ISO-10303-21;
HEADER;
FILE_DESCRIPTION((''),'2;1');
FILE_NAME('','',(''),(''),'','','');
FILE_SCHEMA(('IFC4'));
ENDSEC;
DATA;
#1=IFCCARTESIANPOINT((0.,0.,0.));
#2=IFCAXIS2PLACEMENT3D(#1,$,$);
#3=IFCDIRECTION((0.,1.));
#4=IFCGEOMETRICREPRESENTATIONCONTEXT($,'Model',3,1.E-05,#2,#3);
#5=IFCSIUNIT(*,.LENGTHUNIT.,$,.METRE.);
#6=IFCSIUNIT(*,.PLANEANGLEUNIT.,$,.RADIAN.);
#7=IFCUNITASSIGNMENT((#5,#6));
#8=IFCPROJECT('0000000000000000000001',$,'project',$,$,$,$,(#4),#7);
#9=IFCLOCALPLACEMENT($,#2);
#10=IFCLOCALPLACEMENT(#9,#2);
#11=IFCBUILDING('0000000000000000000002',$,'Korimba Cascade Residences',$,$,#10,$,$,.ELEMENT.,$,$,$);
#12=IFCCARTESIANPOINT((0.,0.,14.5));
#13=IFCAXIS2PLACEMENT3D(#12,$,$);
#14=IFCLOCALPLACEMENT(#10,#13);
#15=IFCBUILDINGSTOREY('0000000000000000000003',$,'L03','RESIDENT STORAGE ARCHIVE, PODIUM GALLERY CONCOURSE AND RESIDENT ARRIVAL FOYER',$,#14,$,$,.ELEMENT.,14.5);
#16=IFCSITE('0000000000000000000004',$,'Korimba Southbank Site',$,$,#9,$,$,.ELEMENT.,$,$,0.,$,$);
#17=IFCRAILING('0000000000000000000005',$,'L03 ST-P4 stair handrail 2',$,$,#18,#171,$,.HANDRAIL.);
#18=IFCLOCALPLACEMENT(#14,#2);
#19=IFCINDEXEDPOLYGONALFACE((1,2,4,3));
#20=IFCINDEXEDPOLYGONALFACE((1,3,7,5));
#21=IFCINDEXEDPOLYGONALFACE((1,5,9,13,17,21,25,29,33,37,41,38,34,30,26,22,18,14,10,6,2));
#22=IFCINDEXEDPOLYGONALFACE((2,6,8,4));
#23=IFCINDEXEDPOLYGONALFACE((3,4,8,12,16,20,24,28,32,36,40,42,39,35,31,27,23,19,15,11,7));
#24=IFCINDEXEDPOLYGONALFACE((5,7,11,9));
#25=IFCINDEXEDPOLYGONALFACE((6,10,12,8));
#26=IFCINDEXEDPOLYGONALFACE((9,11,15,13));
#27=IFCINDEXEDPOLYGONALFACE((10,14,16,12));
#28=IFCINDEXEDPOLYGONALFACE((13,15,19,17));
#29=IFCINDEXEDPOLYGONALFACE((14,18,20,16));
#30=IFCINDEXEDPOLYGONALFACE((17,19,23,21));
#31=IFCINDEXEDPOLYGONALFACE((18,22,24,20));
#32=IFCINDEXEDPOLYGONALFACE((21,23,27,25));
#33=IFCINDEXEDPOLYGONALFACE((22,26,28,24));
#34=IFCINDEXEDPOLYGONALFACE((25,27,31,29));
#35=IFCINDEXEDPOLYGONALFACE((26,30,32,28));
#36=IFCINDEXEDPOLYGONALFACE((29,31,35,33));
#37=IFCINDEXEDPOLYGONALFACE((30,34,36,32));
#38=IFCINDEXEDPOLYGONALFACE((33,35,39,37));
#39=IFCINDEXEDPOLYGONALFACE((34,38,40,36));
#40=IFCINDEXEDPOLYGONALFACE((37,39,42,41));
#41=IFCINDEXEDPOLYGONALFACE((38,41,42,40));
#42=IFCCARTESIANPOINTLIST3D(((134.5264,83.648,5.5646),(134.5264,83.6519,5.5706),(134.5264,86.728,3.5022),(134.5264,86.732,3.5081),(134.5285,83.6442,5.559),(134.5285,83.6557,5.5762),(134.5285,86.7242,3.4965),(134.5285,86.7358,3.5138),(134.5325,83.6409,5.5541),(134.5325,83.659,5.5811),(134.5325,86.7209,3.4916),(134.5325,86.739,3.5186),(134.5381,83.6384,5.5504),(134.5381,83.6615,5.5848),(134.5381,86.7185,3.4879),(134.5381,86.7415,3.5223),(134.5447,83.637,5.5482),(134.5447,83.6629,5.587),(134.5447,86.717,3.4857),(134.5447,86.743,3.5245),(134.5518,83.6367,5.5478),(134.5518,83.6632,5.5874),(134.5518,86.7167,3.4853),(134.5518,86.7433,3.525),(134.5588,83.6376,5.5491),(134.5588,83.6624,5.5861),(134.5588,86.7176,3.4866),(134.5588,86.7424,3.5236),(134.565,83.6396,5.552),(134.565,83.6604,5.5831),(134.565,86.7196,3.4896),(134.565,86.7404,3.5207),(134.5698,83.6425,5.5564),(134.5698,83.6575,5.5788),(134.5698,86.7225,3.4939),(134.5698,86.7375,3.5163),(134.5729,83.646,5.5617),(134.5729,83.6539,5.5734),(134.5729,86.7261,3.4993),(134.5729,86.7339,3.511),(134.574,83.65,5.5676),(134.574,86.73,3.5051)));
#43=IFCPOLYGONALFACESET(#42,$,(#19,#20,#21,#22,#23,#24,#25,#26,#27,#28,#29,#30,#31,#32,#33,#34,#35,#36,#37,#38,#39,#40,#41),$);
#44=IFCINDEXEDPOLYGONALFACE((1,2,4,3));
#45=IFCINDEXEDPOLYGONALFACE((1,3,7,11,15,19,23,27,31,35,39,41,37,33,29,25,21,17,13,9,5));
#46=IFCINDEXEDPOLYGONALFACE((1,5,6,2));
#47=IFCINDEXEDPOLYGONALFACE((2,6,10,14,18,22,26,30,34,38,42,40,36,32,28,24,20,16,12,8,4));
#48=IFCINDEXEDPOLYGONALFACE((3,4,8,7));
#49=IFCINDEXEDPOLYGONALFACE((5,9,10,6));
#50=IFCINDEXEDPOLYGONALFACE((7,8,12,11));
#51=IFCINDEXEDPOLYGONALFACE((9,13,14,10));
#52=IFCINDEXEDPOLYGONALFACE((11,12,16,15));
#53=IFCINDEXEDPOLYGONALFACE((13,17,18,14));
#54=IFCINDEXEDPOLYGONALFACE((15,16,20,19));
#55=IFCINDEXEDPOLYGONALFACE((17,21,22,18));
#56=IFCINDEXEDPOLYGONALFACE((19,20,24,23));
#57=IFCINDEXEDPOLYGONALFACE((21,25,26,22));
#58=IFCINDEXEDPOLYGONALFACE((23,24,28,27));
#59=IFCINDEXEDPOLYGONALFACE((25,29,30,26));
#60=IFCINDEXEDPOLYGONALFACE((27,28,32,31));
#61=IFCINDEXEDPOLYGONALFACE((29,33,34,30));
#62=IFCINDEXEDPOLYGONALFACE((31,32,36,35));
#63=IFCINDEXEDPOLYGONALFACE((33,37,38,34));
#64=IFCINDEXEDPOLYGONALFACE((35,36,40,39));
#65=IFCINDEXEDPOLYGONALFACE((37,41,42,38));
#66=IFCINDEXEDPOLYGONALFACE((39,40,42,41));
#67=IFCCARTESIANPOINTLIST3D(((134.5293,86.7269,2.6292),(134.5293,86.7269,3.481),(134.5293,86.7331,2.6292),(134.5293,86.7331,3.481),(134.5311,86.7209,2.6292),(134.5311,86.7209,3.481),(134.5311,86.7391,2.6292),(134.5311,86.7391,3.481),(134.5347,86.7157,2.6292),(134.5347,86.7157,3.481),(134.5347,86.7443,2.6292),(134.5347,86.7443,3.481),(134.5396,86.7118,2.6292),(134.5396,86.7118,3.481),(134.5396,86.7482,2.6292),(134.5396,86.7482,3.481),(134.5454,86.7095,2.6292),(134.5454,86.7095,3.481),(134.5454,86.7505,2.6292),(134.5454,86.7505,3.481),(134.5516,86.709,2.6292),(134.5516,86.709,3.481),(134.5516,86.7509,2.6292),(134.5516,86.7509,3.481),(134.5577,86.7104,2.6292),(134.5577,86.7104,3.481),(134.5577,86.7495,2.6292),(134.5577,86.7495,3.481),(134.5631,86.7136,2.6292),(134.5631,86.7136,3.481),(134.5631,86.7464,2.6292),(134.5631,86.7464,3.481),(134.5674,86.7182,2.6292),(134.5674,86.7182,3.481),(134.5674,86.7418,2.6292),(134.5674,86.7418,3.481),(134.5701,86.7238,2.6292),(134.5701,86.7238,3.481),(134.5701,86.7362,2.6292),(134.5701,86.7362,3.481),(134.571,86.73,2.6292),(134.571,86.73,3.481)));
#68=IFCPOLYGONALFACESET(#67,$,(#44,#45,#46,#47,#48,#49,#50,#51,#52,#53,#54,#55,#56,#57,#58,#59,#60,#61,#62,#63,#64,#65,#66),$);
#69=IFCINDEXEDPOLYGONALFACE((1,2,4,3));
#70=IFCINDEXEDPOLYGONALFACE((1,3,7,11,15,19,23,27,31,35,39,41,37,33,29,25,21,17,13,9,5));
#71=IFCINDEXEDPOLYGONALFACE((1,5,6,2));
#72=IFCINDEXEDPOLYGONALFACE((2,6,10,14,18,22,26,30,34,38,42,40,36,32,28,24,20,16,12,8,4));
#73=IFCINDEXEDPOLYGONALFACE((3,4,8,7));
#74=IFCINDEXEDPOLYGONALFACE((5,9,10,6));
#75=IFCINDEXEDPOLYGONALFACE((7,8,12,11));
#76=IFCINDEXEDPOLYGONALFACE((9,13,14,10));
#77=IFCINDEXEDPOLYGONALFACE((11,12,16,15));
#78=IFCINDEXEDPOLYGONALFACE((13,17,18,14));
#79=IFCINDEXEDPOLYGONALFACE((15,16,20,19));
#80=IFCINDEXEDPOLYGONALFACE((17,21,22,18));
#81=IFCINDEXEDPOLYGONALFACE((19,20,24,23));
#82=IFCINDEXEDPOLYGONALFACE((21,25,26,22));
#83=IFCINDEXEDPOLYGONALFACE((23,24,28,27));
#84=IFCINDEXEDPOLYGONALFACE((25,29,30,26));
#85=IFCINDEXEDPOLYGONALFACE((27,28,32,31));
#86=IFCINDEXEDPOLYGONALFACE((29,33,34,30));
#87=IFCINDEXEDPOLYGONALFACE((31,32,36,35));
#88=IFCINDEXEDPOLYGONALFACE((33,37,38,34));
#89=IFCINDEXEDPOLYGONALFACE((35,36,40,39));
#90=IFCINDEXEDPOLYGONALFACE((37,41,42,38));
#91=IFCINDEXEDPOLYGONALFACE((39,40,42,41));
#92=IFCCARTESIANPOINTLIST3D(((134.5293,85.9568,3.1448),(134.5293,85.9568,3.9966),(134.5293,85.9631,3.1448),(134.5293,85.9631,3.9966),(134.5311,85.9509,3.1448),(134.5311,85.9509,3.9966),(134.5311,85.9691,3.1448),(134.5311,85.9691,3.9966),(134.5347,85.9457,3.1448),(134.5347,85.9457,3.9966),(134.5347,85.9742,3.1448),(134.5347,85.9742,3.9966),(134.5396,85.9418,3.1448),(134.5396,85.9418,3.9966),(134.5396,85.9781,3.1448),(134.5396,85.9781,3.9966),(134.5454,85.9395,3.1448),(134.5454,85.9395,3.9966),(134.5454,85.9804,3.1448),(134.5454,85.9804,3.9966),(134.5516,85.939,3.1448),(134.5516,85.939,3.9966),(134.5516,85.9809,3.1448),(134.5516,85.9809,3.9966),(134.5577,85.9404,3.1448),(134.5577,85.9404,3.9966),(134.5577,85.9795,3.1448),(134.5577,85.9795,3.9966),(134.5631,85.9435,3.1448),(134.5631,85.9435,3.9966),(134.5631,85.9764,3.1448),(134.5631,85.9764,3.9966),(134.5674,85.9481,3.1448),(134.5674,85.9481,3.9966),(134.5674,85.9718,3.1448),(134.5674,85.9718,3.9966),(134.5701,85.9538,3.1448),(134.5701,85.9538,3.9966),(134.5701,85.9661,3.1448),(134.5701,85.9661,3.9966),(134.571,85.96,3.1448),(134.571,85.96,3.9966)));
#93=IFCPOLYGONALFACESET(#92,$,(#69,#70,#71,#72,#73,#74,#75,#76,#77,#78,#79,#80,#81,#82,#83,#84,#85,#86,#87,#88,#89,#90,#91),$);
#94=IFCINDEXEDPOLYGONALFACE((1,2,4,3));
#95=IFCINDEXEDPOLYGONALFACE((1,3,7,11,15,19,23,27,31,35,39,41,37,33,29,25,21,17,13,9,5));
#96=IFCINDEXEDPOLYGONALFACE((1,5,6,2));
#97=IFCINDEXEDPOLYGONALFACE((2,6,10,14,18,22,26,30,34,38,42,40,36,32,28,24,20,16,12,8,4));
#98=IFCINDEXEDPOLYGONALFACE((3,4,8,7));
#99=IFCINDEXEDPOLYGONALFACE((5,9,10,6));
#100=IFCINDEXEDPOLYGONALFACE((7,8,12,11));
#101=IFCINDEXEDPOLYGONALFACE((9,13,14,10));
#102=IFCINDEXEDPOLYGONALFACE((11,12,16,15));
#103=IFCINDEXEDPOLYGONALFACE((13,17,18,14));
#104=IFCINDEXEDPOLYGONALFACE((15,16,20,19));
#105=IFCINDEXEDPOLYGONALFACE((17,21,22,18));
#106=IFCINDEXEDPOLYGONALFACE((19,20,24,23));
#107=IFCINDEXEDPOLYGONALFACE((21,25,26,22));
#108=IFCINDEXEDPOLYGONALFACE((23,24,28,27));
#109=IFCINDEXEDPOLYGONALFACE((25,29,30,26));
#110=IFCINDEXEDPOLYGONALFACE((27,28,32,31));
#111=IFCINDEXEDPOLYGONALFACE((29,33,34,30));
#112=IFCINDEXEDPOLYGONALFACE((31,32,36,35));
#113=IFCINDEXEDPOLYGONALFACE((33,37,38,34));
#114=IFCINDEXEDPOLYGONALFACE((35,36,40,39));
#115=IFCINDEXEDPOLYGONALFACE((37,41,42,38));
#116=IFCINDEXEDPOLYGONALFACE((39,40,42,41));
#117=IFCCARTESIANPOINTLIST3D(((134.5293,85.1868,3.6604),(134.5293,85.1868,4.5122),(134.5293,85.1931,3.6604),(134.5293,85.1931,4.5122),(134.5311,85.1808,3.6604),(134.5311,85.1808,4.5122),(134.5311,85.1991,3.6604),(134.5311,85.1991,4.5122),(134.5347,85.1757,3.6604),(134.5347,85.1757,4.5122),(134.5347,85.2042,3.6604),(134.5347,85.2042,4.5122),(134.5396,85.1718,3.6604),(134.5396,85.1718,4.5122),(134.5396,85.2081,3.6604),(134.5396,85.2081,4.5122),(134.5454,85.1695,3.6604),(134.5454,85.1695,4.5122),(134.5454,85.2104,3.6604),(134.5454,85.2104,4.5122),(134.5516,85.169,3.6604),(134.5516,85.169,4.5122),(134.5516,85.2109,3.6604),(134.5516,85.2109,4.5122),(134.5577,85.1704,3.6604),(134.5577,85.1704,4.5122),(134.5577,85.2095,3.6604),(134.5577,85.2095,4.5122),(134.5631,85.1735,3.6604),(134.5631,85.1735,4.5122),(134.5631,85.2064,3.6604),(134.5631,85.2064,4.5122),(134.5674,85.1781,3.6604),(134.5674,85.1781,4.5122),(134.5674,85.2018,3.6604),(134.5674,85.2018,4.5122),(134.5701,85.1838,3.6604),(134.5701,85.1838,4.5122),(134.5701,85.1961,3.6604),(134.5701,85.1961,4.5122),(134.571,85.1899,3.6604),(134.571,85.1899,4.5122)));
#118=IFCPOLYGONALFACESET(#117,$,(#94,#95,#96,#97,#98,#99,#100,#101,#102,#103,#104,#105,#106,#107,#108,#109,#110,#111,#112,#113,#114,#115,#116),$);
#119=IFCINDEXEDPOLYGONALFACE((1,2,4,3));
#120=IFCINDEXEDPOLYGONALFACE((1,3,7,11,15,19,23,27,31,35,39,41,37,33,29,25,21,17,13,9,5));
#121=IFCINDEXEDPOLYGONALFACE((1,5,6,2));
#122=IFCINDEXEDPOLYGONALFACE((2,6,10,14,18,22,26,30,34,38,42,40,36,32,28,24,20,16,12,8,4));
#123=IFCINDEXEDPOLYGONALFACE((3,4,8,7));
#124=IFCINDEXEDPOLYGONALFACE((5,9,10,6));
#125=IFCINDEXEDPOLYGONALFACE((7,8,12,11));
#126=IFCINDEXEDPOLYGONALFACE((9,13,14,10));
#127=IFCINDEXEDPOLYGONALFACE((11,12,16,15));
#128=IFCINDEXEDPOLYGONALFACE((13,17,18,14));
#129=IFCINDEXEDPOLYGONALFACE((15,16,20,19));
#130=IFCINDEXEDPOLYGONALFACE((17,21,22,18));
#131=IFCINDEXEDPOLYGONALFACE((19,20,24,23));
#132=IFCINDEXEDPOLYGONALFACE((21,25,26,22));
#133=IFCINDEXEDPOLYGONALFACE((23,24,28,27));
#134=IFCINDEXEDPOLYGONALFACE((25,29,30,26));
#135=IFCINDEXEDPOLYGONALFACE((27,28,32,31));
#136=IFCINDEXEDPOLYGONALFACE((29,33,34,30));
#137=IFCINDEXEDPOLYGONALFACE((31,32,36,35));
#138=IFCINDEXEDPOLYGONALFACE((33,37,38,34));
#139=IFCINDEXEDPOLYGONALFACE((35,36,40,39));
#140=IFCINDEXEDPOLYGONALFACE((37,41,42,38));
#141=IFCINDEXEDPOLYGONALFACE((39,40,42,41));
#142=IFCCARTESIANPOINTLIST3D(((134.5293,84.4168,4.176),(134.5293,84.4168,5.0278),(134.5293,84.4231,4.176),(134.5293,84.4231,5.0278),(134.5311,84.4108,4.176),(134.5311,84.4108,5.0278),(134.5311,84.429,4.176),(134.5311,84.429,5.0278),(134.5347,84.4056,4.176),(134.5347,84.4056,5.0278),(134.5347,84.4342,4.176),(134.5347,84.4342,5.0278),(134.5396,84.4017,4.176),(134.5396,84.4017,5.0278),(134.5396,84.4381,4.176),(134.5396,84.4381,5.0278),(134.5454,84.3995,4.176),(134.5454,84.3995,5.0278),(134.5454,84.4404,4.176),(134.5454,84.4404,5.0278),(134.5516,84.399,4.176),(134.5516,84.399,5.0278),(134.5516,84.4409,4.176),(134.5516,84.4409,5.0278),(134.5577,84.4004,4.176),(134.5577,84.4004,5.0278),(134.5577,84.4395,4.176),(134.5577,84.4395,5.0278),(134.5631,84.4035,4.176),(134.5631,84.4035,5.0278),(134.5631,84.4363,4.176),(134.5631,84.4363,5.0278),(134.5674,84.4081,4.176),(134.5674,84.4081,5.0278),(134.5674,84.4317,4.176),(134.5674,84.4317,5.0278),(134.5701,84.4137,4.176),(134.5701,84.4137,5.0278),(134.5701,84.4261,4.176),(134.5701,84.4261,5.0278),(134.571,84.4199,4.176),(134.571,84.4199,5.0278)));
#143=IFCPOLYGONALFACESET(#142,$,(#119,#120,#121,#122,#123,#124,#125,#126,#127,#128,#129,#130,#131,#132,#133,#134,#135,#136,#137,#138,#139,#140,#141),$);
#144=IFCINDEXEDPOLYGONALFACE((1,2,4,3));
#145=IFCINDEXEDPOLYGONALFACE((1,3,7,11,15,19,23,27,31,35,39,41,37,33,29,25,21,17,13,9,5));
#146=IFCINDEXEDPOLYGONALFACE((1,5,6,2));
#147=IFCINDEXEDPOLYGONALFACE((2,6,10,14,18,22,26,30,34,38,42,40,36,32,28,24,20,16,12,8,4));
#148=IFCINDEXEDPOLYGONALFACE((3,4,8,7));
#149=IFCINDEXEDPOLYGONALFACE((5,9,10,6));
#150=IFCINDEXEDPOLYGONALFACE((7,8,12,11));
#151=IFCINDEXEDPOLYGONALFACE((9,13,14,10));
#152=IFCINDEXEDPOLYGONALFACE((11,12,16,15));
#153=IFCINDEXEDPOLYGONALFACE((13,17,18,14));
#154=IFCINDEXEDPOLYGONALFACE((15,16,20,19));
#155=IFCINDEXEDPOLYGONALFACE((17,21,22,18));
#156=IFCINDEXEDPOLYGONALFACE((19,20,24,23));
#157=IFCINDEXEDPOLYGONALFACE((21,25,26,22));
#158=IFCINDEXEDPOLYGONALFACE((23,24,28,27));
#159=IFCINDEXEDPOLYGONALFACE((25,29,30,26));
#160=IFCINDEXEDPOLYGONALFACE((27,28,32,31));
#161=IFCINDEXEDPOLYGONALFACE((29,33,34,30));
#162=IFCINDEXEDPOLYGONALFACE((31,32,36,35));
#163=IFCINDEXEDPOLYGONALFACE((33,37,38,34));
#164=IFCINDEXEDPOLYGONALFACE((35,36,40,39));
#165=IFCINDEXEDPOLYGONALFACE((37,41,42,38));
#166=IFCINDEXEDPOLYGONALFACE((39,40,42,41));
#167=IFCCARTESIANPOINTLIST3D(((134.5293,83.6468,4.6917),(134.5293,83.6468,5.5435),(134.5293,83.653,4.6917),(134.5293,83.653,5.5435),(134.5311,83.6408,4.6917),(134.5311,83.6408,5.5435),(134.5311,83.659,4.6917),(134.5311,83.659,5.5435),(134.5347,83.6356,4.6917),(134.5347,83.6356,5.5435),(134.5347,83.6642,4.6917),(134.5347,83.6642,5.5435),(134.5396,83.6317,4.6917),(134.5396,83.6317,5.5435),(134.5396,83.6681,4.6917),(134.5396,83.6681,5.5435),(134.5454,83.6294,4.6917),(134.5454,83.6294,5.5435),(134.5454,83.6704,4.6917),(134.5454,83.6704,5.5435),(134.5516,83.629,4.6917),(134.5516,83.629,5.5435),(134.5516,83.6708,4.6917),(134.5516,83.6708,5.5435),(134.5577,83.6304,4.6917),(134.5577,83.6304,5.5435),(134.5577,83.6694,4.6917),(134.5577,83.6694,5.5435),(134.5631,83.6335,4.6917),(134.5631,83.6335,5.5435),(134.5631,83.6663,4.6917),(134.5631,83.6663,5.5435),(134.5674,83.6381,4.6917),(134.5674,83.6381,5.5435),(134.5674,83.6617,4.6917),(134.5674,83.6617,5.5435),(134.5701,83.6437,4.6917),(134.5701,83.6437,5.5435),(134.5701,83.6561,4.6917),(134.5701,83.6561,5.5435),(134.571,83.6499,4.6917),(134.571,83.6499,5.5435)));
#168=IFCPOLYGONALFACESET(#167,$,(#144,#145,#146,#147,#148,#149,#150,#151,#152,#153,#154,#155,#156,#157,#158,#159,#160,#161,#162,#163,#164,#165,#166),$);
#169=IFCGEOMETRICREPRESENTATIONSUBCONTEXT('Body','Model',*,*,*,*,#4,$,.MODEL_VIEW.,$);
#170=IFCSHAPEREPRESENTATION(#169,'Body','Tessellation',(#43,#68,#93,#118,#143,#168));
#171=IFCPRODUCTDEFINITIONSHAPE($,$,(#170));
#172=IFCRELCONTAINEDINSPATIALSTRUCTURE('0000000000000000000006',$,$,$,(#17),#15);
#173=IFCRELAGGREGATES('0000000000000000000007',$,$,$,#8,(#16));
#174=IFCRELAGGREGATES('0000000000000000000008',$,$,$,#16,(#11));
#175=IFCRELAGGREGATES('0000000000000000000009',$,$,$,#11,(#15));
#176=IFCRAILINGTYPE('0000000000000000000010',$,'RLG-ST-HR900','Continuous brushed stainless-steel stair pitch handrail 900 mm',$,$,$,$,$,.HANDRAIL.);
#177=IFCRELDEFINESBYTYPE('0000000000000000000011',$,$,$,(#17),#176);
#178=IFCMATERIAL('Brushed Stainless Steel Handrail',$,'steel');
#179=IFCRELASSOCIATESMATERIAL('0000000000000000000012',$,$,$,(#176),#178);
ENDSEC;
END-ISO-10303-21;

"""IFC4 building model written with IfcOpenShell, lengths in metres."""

from ifc_helpers import new_model, si_unit, direction, frame, origin, origin_2d, place, context, subcontext, project, spatial, circle, extrude, material, type_object, element, save


model = new_model("IFC4")

# Units and contexts
model_context = context("Model", 3, precision=1e-05, world=origin(), true_north=direction((0.0, 1.0)))
body_context = subcontext(model_context, "Body", "Model", "MODEL_VIEW")
ifc_project = project(units=[si_unit("LENGTHUNIT", "METRE"), si_unit("PLANEANGLEUNIT", "RADIAN")], contexts=[model_context])

# Site, building, storey
site_placement = place(None, origin())
site = spatial("IfcSite", under=ifc_project, at=site_placement, Name="Korimba Southbank Site", CompositionType="ELEMENT", RefElevation=0.0)
building_placement = place(site_placement, origin())
building = spatial("IfcBuilding", under=site, at=building_placement, Name="Korimba Cascade Residences", CompositionType="ELEMENT")
storey_placement = place(building_placement, frame((0.0, 0.0, 14.5)))
storey = spatial("IfcBuildingStorey", under=building, at=storey_placement, Name="L03", Description="RESIDENT STORAGE ARCHIVE, PODIUM GALLERY CONCOURSE AND RESIDENT ARRIVAL FOYER", CompositionType="ELEMENT", Elevation=14.5)

# Railing
ifc_material_1 = material(Name="Brushed Stainless Steel Handrail", Category="steel")
railing_type_1 = type_object("IfcRailingType", Name="RLG-ST-HR900", Description="Continuous brushed stainless-steel stair pitch handrail 900 mm", PredefinedType="HANDRAIL", material=ifc_material_1)
railing_1_placement = place(storey_placement, frame((134.55, 86.73, 2.6292)))
element("IfcRailing", 1, at=railing_1_placement, inside=storey, type_object=railing_type_1, Name="L03 ST-P4 stair handrail 2", PredefinedType="HANDRAIL", context=body_context, shape_type="SweptSolid", body=[
    extrude(circle(Radius=0.0239, at=origin_2d()), frame((0.0, 0.0, 0.876), z_axis=(0.0, -0.830914, 0.556401), x_axis=(1.0, 0.0, 0.0)), (0.0, 0.0, 1.0), 3.7068),
    extrude(circle(Radius=0.021, at=origin_2d()), origin(), (0.0, 0.0, 1.0), 0.8518),
    extrude(circle(Radius=0.021, at=origin_2d()), frame((0.0, -0.77, 0.5156)), (0.0, 0.0, 1.0), 0.8518),
    extrude(circle(Radius=0.021, at=origin_2d()), frame((0.0, -1.54, 1.0312)), (0.0, 0.0, 1.0), 0.8518),
    extrude(circle(Radius=0.021, at=origin_2d()), frame((0.0, -2.3101, 1.5469)), (0.0, 0.0, 1.0), 0.8518),
    extrude(circle(Radius=0.021, at=origin_2d()), frame((0.0, -3.0801, 2.0625)), (0.0, 0.0, 1.0), 0.8518),
])

save(model, "model.ifc")
